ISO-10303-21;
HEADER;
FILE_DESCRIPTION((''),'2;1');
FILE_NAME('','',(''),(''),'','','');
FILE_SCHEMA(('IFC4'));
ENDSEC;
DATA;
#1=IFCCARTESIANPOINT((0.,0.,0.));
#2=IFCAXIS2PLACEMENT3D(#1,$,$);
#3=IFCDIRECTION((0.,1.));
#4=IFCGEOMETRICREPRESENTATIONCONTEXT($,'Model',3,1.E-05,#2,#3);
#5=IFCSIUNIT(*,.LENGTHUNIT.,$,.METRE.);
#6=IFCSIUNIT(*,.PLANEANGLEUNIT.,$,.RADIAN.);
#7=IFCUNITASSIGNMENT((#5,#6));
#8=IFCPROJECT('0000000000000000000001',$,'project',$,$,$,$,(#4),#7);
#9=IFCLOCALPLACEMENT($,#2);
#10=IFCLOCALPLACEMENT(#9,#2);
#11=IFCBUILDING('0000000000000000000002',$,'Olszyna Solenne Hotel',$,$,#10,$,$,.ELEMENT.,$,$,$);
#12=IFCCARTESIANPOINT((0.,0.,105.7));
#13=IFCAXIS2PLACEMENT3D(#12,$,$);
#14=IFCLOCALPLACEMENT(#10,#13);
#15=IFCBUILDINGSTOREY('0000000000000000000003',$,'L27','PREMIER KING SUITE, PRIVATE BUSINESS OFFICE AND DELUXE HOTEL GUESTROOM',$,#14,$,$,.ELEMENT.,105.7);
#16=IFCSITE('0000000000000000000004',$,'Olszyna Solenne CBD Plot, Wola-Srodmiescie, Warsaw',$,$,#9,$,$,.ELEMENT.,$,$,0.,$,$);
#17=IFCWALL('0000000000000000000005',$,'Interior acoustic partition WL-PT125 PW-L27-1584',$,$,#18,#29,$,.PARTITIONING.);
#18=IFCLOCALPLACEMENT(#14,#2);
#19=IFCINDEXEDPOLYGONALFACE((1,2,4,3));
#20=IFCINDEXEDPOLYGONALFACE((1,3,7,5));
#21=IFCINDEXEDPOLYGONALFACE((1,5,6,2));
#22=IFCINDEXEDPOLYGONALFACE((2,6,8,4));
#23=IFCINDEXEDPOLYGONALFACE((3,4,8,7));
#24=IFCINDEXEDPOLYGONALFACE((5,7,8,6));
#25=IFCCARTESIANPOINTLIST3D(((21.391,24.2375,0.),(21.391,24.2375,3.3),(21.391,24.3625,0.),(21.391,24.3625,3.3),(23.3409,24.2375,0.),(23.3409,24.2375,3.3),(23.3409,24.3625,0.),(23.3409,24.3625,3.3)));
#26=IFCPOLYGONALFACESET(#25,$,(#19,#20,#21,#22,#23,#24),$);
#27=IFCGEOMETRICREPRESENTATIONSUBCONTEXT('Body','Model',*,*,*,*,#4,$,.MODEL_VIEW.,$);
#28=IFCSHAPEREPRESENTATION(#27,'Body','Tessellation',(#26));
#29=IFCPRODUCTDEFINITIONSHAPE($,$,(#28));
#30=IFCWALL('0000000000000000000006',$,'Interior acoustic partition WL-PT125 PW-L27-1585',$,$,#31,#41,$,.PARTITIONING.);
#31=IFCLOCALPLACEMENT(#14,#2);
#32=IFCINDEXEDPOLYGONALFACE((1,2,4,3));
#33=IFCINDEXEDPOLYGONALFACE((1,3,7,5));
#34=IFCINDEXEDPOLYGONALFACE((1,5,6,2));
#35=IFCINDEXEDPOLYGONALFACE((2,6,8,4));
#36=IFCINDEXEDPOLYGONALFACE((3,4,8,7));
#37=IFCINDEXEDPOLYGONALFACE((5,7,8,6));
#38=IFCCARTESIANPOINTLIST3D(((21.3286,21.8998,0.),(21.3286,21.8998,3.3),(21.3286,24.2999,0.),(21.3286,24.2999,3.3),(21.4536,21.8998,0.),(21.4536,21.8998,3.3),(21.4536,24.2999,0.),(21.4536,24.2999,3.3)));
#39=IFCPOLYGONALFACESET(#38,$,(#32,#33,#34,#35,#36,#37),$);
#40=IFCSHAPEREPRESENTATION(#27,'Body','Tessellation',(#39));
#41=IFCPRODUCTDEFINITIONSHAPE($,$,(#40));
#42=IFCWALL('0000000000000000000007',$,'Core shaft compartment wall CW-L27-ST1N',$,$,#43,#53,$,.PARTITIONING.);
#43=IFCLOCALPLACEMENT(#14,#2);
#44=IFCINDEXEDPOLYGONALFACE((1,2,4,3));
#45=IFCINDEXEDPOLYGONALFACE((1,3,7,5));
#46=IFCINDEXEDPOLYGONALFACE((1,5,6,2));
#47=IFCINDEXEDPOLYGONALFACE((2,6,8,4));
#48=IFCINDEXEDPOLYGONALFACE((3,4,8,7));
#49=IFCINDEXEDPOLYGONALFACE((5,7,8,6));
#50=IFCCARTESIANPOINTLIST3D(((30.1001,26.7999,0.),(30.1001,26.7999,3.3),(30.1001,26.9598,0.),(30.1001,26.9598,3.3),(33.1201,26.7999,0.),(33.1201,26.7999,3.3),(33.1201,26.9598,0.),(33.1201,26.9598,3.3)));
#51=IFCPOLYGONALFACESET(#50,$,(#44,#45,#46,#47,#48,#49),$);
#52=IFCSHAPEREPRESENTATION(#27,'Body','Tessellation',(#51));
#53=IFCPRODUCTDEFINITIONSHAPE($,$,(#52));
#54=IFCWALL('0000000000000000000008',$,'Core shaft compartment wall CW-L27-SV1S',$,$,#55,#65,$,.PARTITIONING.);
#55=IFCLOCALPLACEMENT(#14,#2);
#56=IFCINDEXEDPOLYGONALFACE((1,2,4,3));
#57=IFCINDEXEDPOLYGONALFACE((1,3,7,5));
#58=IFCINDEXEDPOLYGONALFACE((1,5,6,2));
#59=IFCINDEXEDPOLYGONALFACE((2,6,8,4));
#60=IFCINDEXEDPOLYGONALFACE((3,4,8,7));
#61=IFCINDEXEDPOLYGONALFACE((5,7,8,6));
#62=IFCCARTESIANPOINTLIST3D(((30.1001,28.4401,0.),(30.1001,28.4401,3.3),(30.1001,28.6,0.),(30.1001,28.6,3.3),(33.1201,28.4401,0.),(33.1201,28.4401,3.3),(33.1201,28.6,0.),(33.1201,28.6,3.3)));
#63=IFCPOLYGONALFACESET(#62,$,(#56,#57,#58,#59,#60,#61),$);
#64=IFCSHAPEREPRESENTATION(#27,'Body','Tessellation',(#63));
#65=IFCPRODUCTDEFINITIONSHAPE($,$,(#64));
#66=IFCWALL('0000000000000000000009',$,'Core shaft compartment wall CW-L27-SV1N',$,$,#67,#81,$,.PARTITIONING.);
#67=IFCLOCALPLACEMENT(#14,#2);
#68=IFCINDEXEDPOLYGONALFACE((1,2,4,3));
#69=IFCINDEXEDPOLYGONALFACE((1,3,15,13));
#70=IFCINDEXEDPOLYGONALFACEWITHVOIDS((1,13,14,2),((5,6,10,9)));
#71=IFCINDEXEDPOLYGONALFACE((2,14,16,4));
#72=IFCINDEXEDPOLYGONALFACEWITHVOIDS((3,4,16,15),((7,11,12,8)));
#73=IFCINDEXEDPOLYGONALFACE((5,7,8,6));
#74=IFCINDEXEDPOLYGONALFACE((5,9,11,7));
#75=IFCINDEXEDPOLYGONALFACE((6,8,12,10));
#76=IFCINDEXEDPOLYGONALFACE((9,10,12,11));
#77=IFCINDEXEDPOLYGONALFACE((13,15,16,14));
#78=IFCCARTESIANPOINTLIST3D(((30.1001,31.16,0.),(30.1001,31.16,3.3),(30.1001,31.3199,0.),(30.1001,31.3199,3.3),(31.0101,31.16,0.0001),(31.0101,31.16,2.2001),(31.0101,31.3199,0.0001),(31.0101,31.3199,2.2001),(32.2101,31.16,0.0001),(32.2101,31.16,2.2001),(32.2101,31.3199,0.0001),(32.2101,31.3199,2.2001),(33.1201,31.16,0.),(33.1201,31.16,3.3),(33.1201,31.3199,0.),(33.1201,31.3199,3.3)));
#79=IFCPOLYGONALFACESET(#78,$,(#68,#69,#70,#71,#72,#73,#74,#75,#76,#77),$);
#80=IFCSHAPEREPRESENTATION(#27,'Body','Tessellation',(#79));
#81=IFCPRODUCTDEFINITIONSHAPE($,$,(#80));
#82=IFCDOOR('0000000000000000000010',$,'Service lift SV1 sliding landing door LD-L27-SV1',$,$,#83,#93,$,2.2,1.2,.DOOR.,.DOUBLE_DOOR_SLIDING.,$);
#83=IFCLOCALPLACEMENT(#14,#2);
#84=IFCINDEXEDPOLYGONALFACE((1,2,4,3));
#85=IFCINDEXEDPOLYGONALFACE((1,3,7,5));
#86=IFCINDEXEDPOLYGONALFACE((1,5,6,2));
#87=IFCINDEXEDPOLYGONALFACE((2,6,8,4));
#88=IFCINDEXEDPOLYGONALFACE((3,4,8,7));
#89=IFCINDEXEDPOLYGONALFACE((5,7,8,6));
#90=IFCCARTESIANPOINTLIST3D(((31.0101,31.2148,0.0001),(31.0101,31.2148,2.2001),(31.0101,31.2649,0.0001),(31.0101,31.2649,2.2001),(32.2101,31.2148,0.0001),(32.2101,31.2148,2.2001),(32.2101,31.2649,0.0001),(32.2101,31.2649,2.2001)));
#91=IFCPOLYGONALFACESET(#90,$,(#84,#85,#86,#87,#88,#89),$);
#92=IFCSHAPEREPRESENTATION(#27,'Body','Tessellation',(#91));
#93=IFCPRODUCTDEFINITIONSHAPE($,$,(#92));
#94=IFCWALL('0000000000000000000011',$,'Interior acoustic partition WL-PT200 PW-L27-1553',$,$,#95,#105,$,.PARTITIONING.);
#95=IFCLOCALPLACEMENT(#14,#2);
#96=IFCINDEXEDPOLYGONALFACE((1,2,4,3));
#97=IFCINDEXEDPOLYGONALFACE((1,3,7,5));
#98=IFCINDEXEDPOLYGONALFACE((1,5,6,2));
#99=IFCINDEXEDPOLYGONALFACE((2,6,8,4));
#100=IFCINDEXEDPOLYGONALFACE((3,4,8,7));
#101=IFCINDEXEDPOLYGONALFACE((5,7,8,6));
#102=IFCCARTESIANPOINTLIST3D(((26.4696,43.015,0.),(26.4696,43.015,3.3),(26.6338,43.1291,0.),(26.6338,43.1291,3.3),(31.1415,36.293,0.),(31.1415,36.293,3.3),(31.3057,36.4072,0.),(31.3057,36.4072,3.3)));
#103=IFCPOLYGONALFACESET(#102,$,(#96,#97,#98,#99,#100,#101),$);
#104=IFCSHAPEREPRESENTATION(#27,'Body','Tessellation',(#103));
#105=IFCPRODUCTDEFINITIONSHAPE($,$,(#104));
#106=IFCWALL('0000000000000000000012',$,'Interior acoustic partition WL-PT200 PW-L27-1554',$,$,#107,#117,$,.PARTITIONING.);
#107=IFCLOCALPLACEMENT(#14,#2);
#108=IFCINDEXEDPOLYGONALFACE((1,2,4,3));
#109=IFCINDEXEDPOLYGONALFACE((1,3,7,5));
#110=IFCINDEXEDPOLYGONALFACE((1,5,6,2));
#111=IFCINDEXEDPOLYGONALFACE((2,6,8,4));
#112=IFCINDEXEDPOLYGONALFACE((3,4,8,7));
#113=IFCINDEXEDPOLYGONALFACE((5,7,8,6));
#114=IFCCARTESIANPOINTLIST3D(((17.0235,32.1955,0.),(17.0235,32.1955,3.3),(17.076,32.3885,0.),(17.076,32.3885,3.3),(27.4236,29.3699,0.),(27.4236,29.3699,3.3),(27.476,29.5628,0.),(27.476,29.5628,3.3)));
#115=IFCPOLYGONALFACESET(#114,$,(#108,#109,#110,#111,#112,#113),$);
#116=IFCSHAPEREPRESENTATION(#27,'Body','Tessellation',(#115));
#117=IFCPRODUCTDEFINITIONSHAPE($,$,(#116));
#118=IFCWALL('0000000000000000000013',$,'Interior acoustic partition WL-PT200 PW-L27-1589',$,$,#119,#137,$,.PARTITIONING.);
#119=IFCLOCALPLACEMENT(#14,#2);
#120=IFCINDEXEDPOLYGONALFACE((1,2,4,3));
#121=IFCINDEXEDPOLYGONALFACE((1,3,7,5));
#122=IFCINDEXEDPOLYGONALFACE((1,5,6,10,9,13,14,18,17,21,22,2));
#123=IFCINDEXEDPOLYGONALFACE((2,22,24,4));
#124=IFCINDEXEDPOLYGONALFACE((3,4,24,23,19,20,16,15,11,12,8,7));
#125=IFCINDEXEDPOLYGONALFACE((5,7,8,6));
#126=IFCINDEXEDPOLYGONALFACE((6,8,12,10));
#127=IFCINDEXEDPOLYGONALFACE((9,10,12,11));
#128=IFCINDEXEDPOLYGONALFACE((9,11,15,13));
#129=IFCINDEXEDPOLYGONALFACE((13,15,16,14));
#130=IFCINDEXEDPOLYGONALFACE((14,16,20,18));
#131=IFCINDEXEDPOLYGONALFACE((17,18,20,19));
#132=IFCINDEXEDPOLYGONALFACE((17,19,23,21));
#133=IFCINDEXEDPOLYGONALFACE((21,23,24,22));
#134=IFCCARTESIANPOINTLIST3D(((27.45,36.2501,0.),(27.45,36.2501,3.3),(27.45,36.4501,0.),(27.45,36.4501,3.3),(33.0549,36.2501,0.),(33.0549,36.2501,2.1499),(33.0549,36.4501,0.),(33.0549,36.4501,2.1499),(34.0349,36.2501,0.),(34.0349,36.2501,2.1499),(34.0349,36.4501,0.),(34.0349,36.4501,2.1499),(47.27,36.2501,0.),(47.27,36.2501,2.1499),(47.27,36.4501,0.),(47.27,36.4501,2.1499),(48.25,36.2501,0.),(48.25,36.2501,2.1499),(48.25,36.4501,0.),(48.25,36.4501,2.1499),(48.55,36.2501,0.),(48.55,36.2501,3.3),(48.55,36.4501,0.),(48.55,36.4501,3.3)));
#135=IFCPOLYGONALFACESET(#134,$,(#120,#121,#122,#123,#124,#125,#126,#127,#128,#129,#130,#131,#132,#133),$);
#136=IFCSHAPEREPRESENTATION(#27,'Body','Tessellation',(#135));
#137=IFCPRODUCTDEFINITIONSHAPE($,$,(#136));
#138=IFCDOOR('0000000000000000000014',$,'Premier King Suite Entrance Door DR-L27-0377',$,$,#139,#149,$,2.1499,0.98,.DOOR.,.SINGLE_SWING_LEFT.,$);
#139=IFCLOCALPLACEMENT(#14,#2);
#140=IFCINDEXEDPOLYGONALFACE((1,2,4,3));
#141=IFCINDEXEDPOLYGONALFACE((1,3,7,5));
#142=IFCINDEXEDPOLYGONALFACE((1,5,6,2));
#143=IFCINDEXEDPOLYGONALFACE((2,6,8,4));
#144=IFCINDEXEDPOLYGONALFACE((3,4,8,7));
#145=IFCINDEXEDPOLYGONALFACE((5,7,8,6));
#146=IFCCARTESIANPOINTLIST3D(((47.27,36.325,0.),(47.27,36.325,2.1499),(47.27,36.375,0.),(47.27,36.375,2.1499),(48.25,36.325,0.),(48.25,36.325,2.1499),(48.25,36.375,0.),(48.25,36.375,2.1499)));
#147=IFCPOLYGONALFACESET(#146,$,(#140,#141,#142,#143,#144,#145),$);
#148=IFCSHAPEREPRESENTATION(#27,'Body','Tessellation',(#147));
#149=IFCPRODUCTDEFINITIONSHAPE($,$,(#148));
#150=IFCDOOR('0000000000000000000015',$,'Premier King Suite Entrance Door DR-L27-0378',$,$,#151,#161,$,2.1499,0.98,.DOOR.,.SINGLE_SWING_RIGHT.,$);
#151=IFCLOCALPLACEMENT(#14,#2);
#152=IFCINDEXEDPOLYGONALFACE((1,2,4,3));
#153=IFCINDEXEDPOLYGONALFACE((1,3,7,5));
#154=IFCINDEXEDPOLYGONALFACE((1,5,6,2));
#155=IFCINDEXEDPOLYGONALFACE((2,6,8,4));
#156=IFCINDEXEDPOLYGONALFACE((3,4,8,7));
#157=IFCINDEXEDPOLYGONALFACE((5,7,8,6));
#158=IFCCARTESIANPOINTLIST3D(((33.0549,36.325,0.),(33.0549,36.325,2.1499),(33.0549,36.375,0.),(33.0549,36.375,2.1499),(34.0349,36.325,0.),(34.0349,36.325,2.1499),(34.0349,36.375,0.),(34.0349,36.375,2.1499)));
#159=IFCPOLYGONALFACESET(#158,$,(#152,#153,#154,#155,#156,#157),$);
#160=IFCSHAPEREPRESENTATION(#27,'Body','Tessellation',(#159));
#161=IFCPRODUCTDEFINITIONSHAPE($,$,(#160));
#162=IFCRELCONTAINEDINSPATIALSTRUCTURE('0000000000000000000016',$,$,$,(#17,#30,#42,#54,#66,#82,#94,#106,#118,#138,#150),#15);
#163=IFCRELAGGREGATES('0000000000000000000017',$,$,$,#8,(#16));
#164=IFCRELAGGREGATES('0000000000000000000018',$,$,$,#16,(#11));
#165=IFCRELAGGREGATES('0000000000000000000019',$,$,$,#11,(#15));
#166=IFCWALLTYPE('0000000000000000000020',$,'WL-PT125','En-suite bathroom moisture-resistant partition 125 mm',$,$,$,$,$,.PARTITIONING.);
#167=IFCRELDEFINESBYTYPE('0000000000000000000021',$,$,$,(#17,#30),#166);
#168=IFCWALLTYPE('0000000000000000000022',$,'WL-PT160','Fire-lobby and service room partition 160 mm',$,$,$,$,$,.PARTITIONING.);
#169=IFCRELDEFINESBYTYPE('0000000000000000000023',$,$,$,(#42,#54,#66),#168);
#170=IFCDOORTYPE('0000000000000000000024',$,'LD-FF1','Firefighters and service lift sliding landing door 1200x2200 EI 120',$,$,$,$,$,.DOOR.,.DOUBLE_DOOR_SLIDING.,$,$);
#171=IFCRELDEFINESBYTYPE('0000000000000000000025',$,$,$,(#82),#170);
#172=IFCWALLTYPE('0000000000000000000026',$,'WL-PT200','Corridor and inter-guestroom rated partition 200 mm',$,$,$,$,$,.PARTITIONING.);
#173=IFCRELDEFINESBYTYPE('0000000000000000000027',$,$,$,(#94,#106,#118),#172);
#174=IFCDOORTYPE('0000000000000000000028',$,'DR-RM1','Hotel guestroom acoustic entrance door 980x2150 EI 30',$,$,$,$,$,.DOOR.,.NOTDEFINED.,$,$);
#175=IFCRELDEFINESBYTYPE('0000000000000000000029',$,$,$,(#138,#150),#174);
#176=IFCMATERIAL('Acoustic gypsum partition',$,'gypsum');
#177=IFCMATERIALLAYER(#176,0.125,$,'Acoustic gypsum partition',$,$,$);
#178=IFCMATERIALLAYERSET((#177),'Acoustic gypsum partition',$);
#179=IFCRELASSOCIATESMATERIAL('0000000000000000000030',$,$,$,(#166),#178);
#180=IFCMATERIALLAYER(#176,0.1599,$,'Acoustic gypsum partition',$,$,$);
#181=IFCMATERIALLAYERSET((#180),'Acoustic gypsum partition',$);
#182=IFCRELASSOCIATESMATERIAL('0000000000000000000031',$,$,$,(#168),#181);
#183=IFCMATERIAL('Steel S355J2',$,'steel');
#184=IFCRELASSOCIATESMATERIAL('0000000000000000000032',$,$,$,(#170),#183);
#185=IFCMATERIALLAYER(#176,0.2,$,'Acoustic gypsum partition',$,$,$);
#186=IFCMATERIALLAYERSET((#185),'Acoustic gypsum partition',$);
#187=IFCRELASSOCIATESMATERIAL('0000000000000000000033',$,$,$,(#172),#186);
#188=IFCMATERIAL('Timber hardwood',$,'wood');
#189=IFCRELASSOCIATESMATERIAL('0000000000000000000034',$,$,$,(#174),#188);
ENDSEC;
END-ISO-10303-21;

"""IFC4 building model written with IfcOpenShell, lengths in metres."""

from ifc_helpers import new_model, si_unit, direction, frame, frame_2d, origin, place, context, subcontext, project, spatial, rectangle, extrude, source, transform, mapped, material, layer, layer_set, type_object, type_shapes, element, fill, save


model = new_model("IFC4")

# Units and contexts
model_context = context("Model", 3, precision=1e-05, world=origin(), true_north=direction((0.0, 1.0)))
body_context = subcontext(model_context, "Body", "Model", "MODEL_VIEW")
ifc_project = project(units=[si_unit("LENGTHUNIT", "METRE"), si_unit("PLANEANGLEUNIT", "RADIAN")], contexts=[model_context])

# Site, building, storey
site_placement = place(None, origin())
site = spatial("IfcSite", under=ifc_project, at=site_placement, Name="Olszyna Solenne CBD Plot, Wola-Srodmiescie, Warsaw", CompositionType="ELEMENT", RefElevation=0.0)
building_placement = place(site_placement, origin())
building = spatial("IfcBuilding", under=site, at=building_placement, Name="Olszyna Solenne Hotel", CompositionType="ELEMENT")
storey_placement = place(building_placement, frame((0.0, 0.0, 105.7)))
storey = spatial("IfcBuildingStorey", under=building, at=storey_placement, Name="L27", Description="PREMIER KING SUITE, PRIVATE BUSINESS OFFICE AND DELUXE HOTEL GUESTROOM", CompositionType="ELEMENT", Elevation=105.7)

# Shared definitions
ifc_material_1 = material(Name="Steel S355J2", Category="steel")

# Walls
ifc_material_2 = material(Name="Acoustic gypsum partition", Category="gypsum")
ifc_layer_1 = layer(ifc_material_2, 0.125, Name="Acoustic gypsum partition")
ifc_layer_set_1 = layer_set([ifc_layer_1], Name="Acoustic gypsum partition")
wall_type_1 = type_object("IfcWallType", Name="WL-PT125", Description="En-suite bathroom moisture-resistant partition 125 mm", PredefinedType="PARTITIONING", material=ifc_layer_set_1)
wall_1_placement = place(storey_placement, frame((23.3411, 24.3, 0.0), z_axis=(0.0, 0.0, 1.0), x_axis=(-1.0, 0.0, 0.0)))
element("IfcWall", 1, at=wall_1_placement, inside=storey, type_object=wall_type_1, Name="Interior acoustic partition WL-PT125 PW-L27-1584", PredefinedType="PARTITIONING", context=body_context, shape_type="SweptSolid", body=[
    extrude(rectangle(XDim=1.95, YDim=0.125, at=frame_2d((0.9751, 0.0))), origin(), (0.0, 0.0, 1.0), 3.3),
])
wall_2_placement = place(storey_placement, frame((21.3911, 24.3, 0.0), z_axis=(0.0, 0.0, 1.0), x_axis=(0.0, -1.0, 0.0)))
element("IfcWall", 2, at=wall_2_placement, inside=storey, type_object=wall_type_1, Name="Interior acoustic partition WL-PT125 PW-L27-1585", PredefinedType="PARTITIONING", context=body_context, shape_type="SweptSolid", body=[
    extrude(rectangle(XDim=2.4001, YDim=0.125, at=frame_2d((1.2002, 0.0))), origin(), (0.0, 0.0, 1.0), 3.3),
])
ifc_layer_2 = layer(ifc_material_2, 0.1599, Name="Acoustic gypsum partition")
ifc_layer_set_2 = layer_set([ifc_layer_2], Name="Acoustic gypsum partition")
wall_type_2 = type_object("IfcWallType", Name="WL-PT160", Description="Fire-lobby and service room partition 160 mm", PredefinedType="PARTITIONING", material=ifc_layer_set_2)
for number, where, z_axis, x_axis, name in (
    (3, (30.1001, 26.8799, 0.0), (0.0, 0.0, 1.0), (1.0, 0.0, 0.0), "Core shaft compartment wall CW-L27-ST1N"),
    (4, (30.1001, 28.52, 0.0), (0.0, 0.0, 1.0), (1.0, 0.0, 0.0), "Core shaft compartment wall CW-L27-SV1S"),
):
    element("IfcWall", number, at=place(storey_placement, frame(where, z_axis=z_axis, x_axis=x_axis)), inside=storey, type_object=wall_type_2, Name=name, PredefinedType="PARTITIONING", context=body_context, shape_type="SweptSolid", body=[
        extrude(rectangle(XDim=3.02, YDim=0.1599, at=frame_2d((1.51, 0.0))), origin(), (0.0, 0.0, 1.0), 3.3),
    ])

# Wall, opening, door
wall_3_placement = place(storey_placement, frame((30.1001, 31.24, 0.0), z_axis=(0.0, 0.0, 1.0), x_axis=(1.0, 0.0, 0.0)))
wall_3 = element("IfcWall", 5, at=wall_3_placement, inside=storey, type_object=wall_type_2, Name="Core shaft compartment wall CW-L27-SV1N", PredefinedType="PARTITIONING", context=body_context, shape_type="SweptSolid", body=[
    extrude(rectangle(XDim=3.02, YDim=0.1599, at=frame_2d((1.51, 0.0))), origin(), (0.0, 0.0, 1.0), 3.3),
])
opening_1_placement = place(wall_3_placement, frame((0.9099, 0.0, 0.0)))
opening_1 = element("IfcOpeningElement", 6, at=opening_1_placement, cuts=wall_3, PredefinedType="OPENING", context=body_context, shape_type="SweptSolid", body=[
    extrude(rectangle(XDim=1.2, YDim=2.2, at=frame_2d((0.6001, 1.1001))), frame((0.0, 0.0898, 0.0), z_axis=(0.0, -1.0, 0.0), x_axis=(1.0, 0.0, 0.0)), (0.0, 0.0, 1.0), 0.1799),
])
door_type_1 = type_object("IfcDoorType", Name="LD-FF1", Description="Firefighters and service lift sliding landing door 1200x2200 EI 120", OperationType="DOUBLE_DOOR_SLIDING", PredefinedType="DOOR", material=ifc_material_1)
shared_shape_1 = source(origin(), body_context, "Body", "SweptSolid", [
    extrude(rectangle(XDim=1.2, YDim=2.2, at=frame_2d((0.6001, 1.1001))), frame((0.0, 0.0249, 0.0), z_axis=(0.0, -1.0, 0.0), x_axis=(1.0, 0.0, 0.0)), (0.0, 0.0, 1.0), 0.05),
])
type_shapes(door_type_1, [shared_shape_1])
door_1_placement = place(opening_1_placement, origin())
door_1 = element("IfcDoor", 7, at=door_1_placement, inside=storey, type_object=door_type_1, Name="Service lift SV1 sliding landing door LD-L27-SV1", OperationType="DOUBLE_DOOR_SLIDING", OverallHeight=2.2, OverallWidth=1.2, PredefinedType="DOOR", context=body_context, shape_type="MappedRepresentation", body=[
    mapped(shared_shape_1, transform((0.0, 0.0, 0.0), x_axis=(1.0, 0.0, 0.0), y_axis=(0.0, 1.0, 0.0), z_axis=(0.0, 0.0, 1.0), scale=1.0)),
])
fill(opening_1, door_1)

# Walls
ifc_layer_3 = layer(ifc_material_2, 0.2, Name="Acoustic gypsum partition")
ifc_layer_set_3 = layer_set([ifc_layer_3], Name="Acoustic gypsum partition")
wall_type_3 = type_object("IfcWallType", Name="WL-PT200", Description="Corridor and inter-guestroom rated partition 200 mm", PredefinedType="PARTITIONING", material=ifc_layer_set_3)
wall_4_placement = place(storey_placement, frame((31.2236, 36.3501, 0.0), z_axis=(0.0, 0.0, 1.0), x_axis=(-0.570715, 0.821148, 0.0)))
element("IfcWall", 8, at=wall_4_placement, inside=storey, type_object=wall_type_3, Name="Interior acoustic partition WL-PT200 PW-L27-1553", PredefinedType="PARTITIONING", context=body_context, shape_type="SweptSolid", body=[
    extrude(rectangle(XDim=8.186, YDim=0.2, at=frame_2d((4.093, 0.0))), origin(), (0.0, 0.0, 1.0), 3.3),
])
wall_5_placement = place(storey_placement, frame((27.45, 29.4663, 0.0), z_axis=(0.0, 0.0, 1.0), x_axis=(-0.965016, 0.262191, 0.0)))
element("IfcWall", 9, at=wall_5_placement, inside=storey, type_object=wall_type_3, Name="Interior acoustic partition WL-PT200 PW-L27-1554", PredefinedType="PARTITIONING", context=body_context, shape_type="SweptSolid", body=[
    extrude(rectangle(XDim=10.7771, YDim=0.2, at=frame_2d((5.3887, 0.0))), origin(), (0.0, 0.0, 1.0), 3.3),
])

# Wall, openings, doors
wall_6_placement = place(storey_placement, frame((27.45, 36.3501, 0.0), z_axis=(0.0, 0.0, 1.0), x_axis=(1.0, 0.0, 0.0)))
wall_6 = element("IfcWall", 10, at=wall_6_placement, inside=storey, type_object=wall_type_3, Name="Interior acoustic partition WL-PT200 PW-L27-1589", PredefinedType="PARTITIONING", context=body_context, shape_type="SweptSolid", body=[
    extrude(rectangle(XDim=21.1001, YDim=0.2, at=frame_2d((10.55, 0.0))), origin(), (0.0, 0.0, 1.0), 3.3),
])
opening_2_placement = place(wall_6_placement, frame((19.8201, 0.0, 0.0)))
opening_2 = element("IfcOpeningElement", 11, at=opening_2_placement, cuts=wall_6, PredefinedType="OPENING", context=body_context, shape_type="SweptSolid", body=[
    extrude(rectangle(XDim=0.98, YDim=2.1499, at=frame_2d((0.49, 1.075))), frame((0.0, 0.1099, 0.0), z_axis=(0.0, -1.0, 0.0), x_axis=(1.0, 0.0, 0.0)), (0.0, 0.0, 1.0), 0.22),
])
opening_3_placement = place(wall_6_placement, frame((5.605, 0.0, 0.0)))
opening_3 = element("IfcOpeningElement", 12, at=opening_3_placement, cuts=wall_6, PredefinedType="OPENING", context=body_context, shape_type="SweptSolid", body=[
    extrude(rectangle(XDim=0.98, YDim=2.1499, at=frame_2d((0.49, 1.075))), frame((0.0, 0.1099, 0.0), z_axis=(0.0, -1.0, 0.0), x_axis=(1.0, 0.0, 0.0)), (0.0, 0.0, 1.0), 0.22),
])
ifc_material_3 = material(Name="Timber hardwood", Category="wood")
door_type_2 = type_object("IfcDoorType", Name="DR-RM1", Description="Hotel guestroom acoustic entrance door 980x2150 EI 30", OperationType="NOTDEFINED", PredefinedType="DOOR", material=ifc_material_3)
shared_shape_2 = source(origin(), body_context, "Body", "SweptSolid", [
    extrude(rectangle(XDim=0.98, YDim=2.1499, at=frame_2d((0.49, 1.075))), frame((0.0, 0.0249, 0.0), z_axis=(0.0, -1.0, 0.0), x_axis=(1.0, 0.0, 0.0)), (0.0, 0.0, 1.0), 0.05),
])
type_shapes(door_type_2, [shared_shape_2])
door_2_placement = place(opening_2_placement, origin())
door_2 = element("IfcDoor", 13, at=door_2_placement, inside=storey, type_object=door_type_2, Name="Premier King Suite Entrance Door DR-L27-0377", OperationType="SINGLE_SWING_LEFT", OverallHeight=2.1499, OverallWidth=0.98, PredefinedType="DOOR", context=body_context, shape_type="MappedRepresentation", body=[
    mapped(shared_shape_2, transform((0.0, 0.0, 0.0), x_axis=(1.0, 0.0, 0.0), y_axis=(0.0, 1.0, 0.0), z_axis=(0.0, 0.0, 1.0), scale=1.0)),
])
fill(opening_2, door_2)
door_3_placement = place(opening_3_placement, origin())
door_3 = element("IfcDoor", 14, at=door_3_placement, inside=storey, type_object=door_type_2, Name="Premier King Suite Entrance Door DR-L27-0378", OperationType="SINGLE_SWING_RIGHT", OverallHeight=2.1499, OverallWidth=0.98, PredefinedType="DOOR", context=body_context, shape_type="MappedRepresentation", body=[
    mapped(shared_shape_2, transform((0.0, 0.0, 0.0), x_axis=(1.0, 0.0, 0.0), y_axis=(0.0, 1.0, 0.0), z_axis=(0.0, 0.0, 1.0), scale=1.0)),
])
fill(opening_3, door_3)

save(model, "model.ifc")
